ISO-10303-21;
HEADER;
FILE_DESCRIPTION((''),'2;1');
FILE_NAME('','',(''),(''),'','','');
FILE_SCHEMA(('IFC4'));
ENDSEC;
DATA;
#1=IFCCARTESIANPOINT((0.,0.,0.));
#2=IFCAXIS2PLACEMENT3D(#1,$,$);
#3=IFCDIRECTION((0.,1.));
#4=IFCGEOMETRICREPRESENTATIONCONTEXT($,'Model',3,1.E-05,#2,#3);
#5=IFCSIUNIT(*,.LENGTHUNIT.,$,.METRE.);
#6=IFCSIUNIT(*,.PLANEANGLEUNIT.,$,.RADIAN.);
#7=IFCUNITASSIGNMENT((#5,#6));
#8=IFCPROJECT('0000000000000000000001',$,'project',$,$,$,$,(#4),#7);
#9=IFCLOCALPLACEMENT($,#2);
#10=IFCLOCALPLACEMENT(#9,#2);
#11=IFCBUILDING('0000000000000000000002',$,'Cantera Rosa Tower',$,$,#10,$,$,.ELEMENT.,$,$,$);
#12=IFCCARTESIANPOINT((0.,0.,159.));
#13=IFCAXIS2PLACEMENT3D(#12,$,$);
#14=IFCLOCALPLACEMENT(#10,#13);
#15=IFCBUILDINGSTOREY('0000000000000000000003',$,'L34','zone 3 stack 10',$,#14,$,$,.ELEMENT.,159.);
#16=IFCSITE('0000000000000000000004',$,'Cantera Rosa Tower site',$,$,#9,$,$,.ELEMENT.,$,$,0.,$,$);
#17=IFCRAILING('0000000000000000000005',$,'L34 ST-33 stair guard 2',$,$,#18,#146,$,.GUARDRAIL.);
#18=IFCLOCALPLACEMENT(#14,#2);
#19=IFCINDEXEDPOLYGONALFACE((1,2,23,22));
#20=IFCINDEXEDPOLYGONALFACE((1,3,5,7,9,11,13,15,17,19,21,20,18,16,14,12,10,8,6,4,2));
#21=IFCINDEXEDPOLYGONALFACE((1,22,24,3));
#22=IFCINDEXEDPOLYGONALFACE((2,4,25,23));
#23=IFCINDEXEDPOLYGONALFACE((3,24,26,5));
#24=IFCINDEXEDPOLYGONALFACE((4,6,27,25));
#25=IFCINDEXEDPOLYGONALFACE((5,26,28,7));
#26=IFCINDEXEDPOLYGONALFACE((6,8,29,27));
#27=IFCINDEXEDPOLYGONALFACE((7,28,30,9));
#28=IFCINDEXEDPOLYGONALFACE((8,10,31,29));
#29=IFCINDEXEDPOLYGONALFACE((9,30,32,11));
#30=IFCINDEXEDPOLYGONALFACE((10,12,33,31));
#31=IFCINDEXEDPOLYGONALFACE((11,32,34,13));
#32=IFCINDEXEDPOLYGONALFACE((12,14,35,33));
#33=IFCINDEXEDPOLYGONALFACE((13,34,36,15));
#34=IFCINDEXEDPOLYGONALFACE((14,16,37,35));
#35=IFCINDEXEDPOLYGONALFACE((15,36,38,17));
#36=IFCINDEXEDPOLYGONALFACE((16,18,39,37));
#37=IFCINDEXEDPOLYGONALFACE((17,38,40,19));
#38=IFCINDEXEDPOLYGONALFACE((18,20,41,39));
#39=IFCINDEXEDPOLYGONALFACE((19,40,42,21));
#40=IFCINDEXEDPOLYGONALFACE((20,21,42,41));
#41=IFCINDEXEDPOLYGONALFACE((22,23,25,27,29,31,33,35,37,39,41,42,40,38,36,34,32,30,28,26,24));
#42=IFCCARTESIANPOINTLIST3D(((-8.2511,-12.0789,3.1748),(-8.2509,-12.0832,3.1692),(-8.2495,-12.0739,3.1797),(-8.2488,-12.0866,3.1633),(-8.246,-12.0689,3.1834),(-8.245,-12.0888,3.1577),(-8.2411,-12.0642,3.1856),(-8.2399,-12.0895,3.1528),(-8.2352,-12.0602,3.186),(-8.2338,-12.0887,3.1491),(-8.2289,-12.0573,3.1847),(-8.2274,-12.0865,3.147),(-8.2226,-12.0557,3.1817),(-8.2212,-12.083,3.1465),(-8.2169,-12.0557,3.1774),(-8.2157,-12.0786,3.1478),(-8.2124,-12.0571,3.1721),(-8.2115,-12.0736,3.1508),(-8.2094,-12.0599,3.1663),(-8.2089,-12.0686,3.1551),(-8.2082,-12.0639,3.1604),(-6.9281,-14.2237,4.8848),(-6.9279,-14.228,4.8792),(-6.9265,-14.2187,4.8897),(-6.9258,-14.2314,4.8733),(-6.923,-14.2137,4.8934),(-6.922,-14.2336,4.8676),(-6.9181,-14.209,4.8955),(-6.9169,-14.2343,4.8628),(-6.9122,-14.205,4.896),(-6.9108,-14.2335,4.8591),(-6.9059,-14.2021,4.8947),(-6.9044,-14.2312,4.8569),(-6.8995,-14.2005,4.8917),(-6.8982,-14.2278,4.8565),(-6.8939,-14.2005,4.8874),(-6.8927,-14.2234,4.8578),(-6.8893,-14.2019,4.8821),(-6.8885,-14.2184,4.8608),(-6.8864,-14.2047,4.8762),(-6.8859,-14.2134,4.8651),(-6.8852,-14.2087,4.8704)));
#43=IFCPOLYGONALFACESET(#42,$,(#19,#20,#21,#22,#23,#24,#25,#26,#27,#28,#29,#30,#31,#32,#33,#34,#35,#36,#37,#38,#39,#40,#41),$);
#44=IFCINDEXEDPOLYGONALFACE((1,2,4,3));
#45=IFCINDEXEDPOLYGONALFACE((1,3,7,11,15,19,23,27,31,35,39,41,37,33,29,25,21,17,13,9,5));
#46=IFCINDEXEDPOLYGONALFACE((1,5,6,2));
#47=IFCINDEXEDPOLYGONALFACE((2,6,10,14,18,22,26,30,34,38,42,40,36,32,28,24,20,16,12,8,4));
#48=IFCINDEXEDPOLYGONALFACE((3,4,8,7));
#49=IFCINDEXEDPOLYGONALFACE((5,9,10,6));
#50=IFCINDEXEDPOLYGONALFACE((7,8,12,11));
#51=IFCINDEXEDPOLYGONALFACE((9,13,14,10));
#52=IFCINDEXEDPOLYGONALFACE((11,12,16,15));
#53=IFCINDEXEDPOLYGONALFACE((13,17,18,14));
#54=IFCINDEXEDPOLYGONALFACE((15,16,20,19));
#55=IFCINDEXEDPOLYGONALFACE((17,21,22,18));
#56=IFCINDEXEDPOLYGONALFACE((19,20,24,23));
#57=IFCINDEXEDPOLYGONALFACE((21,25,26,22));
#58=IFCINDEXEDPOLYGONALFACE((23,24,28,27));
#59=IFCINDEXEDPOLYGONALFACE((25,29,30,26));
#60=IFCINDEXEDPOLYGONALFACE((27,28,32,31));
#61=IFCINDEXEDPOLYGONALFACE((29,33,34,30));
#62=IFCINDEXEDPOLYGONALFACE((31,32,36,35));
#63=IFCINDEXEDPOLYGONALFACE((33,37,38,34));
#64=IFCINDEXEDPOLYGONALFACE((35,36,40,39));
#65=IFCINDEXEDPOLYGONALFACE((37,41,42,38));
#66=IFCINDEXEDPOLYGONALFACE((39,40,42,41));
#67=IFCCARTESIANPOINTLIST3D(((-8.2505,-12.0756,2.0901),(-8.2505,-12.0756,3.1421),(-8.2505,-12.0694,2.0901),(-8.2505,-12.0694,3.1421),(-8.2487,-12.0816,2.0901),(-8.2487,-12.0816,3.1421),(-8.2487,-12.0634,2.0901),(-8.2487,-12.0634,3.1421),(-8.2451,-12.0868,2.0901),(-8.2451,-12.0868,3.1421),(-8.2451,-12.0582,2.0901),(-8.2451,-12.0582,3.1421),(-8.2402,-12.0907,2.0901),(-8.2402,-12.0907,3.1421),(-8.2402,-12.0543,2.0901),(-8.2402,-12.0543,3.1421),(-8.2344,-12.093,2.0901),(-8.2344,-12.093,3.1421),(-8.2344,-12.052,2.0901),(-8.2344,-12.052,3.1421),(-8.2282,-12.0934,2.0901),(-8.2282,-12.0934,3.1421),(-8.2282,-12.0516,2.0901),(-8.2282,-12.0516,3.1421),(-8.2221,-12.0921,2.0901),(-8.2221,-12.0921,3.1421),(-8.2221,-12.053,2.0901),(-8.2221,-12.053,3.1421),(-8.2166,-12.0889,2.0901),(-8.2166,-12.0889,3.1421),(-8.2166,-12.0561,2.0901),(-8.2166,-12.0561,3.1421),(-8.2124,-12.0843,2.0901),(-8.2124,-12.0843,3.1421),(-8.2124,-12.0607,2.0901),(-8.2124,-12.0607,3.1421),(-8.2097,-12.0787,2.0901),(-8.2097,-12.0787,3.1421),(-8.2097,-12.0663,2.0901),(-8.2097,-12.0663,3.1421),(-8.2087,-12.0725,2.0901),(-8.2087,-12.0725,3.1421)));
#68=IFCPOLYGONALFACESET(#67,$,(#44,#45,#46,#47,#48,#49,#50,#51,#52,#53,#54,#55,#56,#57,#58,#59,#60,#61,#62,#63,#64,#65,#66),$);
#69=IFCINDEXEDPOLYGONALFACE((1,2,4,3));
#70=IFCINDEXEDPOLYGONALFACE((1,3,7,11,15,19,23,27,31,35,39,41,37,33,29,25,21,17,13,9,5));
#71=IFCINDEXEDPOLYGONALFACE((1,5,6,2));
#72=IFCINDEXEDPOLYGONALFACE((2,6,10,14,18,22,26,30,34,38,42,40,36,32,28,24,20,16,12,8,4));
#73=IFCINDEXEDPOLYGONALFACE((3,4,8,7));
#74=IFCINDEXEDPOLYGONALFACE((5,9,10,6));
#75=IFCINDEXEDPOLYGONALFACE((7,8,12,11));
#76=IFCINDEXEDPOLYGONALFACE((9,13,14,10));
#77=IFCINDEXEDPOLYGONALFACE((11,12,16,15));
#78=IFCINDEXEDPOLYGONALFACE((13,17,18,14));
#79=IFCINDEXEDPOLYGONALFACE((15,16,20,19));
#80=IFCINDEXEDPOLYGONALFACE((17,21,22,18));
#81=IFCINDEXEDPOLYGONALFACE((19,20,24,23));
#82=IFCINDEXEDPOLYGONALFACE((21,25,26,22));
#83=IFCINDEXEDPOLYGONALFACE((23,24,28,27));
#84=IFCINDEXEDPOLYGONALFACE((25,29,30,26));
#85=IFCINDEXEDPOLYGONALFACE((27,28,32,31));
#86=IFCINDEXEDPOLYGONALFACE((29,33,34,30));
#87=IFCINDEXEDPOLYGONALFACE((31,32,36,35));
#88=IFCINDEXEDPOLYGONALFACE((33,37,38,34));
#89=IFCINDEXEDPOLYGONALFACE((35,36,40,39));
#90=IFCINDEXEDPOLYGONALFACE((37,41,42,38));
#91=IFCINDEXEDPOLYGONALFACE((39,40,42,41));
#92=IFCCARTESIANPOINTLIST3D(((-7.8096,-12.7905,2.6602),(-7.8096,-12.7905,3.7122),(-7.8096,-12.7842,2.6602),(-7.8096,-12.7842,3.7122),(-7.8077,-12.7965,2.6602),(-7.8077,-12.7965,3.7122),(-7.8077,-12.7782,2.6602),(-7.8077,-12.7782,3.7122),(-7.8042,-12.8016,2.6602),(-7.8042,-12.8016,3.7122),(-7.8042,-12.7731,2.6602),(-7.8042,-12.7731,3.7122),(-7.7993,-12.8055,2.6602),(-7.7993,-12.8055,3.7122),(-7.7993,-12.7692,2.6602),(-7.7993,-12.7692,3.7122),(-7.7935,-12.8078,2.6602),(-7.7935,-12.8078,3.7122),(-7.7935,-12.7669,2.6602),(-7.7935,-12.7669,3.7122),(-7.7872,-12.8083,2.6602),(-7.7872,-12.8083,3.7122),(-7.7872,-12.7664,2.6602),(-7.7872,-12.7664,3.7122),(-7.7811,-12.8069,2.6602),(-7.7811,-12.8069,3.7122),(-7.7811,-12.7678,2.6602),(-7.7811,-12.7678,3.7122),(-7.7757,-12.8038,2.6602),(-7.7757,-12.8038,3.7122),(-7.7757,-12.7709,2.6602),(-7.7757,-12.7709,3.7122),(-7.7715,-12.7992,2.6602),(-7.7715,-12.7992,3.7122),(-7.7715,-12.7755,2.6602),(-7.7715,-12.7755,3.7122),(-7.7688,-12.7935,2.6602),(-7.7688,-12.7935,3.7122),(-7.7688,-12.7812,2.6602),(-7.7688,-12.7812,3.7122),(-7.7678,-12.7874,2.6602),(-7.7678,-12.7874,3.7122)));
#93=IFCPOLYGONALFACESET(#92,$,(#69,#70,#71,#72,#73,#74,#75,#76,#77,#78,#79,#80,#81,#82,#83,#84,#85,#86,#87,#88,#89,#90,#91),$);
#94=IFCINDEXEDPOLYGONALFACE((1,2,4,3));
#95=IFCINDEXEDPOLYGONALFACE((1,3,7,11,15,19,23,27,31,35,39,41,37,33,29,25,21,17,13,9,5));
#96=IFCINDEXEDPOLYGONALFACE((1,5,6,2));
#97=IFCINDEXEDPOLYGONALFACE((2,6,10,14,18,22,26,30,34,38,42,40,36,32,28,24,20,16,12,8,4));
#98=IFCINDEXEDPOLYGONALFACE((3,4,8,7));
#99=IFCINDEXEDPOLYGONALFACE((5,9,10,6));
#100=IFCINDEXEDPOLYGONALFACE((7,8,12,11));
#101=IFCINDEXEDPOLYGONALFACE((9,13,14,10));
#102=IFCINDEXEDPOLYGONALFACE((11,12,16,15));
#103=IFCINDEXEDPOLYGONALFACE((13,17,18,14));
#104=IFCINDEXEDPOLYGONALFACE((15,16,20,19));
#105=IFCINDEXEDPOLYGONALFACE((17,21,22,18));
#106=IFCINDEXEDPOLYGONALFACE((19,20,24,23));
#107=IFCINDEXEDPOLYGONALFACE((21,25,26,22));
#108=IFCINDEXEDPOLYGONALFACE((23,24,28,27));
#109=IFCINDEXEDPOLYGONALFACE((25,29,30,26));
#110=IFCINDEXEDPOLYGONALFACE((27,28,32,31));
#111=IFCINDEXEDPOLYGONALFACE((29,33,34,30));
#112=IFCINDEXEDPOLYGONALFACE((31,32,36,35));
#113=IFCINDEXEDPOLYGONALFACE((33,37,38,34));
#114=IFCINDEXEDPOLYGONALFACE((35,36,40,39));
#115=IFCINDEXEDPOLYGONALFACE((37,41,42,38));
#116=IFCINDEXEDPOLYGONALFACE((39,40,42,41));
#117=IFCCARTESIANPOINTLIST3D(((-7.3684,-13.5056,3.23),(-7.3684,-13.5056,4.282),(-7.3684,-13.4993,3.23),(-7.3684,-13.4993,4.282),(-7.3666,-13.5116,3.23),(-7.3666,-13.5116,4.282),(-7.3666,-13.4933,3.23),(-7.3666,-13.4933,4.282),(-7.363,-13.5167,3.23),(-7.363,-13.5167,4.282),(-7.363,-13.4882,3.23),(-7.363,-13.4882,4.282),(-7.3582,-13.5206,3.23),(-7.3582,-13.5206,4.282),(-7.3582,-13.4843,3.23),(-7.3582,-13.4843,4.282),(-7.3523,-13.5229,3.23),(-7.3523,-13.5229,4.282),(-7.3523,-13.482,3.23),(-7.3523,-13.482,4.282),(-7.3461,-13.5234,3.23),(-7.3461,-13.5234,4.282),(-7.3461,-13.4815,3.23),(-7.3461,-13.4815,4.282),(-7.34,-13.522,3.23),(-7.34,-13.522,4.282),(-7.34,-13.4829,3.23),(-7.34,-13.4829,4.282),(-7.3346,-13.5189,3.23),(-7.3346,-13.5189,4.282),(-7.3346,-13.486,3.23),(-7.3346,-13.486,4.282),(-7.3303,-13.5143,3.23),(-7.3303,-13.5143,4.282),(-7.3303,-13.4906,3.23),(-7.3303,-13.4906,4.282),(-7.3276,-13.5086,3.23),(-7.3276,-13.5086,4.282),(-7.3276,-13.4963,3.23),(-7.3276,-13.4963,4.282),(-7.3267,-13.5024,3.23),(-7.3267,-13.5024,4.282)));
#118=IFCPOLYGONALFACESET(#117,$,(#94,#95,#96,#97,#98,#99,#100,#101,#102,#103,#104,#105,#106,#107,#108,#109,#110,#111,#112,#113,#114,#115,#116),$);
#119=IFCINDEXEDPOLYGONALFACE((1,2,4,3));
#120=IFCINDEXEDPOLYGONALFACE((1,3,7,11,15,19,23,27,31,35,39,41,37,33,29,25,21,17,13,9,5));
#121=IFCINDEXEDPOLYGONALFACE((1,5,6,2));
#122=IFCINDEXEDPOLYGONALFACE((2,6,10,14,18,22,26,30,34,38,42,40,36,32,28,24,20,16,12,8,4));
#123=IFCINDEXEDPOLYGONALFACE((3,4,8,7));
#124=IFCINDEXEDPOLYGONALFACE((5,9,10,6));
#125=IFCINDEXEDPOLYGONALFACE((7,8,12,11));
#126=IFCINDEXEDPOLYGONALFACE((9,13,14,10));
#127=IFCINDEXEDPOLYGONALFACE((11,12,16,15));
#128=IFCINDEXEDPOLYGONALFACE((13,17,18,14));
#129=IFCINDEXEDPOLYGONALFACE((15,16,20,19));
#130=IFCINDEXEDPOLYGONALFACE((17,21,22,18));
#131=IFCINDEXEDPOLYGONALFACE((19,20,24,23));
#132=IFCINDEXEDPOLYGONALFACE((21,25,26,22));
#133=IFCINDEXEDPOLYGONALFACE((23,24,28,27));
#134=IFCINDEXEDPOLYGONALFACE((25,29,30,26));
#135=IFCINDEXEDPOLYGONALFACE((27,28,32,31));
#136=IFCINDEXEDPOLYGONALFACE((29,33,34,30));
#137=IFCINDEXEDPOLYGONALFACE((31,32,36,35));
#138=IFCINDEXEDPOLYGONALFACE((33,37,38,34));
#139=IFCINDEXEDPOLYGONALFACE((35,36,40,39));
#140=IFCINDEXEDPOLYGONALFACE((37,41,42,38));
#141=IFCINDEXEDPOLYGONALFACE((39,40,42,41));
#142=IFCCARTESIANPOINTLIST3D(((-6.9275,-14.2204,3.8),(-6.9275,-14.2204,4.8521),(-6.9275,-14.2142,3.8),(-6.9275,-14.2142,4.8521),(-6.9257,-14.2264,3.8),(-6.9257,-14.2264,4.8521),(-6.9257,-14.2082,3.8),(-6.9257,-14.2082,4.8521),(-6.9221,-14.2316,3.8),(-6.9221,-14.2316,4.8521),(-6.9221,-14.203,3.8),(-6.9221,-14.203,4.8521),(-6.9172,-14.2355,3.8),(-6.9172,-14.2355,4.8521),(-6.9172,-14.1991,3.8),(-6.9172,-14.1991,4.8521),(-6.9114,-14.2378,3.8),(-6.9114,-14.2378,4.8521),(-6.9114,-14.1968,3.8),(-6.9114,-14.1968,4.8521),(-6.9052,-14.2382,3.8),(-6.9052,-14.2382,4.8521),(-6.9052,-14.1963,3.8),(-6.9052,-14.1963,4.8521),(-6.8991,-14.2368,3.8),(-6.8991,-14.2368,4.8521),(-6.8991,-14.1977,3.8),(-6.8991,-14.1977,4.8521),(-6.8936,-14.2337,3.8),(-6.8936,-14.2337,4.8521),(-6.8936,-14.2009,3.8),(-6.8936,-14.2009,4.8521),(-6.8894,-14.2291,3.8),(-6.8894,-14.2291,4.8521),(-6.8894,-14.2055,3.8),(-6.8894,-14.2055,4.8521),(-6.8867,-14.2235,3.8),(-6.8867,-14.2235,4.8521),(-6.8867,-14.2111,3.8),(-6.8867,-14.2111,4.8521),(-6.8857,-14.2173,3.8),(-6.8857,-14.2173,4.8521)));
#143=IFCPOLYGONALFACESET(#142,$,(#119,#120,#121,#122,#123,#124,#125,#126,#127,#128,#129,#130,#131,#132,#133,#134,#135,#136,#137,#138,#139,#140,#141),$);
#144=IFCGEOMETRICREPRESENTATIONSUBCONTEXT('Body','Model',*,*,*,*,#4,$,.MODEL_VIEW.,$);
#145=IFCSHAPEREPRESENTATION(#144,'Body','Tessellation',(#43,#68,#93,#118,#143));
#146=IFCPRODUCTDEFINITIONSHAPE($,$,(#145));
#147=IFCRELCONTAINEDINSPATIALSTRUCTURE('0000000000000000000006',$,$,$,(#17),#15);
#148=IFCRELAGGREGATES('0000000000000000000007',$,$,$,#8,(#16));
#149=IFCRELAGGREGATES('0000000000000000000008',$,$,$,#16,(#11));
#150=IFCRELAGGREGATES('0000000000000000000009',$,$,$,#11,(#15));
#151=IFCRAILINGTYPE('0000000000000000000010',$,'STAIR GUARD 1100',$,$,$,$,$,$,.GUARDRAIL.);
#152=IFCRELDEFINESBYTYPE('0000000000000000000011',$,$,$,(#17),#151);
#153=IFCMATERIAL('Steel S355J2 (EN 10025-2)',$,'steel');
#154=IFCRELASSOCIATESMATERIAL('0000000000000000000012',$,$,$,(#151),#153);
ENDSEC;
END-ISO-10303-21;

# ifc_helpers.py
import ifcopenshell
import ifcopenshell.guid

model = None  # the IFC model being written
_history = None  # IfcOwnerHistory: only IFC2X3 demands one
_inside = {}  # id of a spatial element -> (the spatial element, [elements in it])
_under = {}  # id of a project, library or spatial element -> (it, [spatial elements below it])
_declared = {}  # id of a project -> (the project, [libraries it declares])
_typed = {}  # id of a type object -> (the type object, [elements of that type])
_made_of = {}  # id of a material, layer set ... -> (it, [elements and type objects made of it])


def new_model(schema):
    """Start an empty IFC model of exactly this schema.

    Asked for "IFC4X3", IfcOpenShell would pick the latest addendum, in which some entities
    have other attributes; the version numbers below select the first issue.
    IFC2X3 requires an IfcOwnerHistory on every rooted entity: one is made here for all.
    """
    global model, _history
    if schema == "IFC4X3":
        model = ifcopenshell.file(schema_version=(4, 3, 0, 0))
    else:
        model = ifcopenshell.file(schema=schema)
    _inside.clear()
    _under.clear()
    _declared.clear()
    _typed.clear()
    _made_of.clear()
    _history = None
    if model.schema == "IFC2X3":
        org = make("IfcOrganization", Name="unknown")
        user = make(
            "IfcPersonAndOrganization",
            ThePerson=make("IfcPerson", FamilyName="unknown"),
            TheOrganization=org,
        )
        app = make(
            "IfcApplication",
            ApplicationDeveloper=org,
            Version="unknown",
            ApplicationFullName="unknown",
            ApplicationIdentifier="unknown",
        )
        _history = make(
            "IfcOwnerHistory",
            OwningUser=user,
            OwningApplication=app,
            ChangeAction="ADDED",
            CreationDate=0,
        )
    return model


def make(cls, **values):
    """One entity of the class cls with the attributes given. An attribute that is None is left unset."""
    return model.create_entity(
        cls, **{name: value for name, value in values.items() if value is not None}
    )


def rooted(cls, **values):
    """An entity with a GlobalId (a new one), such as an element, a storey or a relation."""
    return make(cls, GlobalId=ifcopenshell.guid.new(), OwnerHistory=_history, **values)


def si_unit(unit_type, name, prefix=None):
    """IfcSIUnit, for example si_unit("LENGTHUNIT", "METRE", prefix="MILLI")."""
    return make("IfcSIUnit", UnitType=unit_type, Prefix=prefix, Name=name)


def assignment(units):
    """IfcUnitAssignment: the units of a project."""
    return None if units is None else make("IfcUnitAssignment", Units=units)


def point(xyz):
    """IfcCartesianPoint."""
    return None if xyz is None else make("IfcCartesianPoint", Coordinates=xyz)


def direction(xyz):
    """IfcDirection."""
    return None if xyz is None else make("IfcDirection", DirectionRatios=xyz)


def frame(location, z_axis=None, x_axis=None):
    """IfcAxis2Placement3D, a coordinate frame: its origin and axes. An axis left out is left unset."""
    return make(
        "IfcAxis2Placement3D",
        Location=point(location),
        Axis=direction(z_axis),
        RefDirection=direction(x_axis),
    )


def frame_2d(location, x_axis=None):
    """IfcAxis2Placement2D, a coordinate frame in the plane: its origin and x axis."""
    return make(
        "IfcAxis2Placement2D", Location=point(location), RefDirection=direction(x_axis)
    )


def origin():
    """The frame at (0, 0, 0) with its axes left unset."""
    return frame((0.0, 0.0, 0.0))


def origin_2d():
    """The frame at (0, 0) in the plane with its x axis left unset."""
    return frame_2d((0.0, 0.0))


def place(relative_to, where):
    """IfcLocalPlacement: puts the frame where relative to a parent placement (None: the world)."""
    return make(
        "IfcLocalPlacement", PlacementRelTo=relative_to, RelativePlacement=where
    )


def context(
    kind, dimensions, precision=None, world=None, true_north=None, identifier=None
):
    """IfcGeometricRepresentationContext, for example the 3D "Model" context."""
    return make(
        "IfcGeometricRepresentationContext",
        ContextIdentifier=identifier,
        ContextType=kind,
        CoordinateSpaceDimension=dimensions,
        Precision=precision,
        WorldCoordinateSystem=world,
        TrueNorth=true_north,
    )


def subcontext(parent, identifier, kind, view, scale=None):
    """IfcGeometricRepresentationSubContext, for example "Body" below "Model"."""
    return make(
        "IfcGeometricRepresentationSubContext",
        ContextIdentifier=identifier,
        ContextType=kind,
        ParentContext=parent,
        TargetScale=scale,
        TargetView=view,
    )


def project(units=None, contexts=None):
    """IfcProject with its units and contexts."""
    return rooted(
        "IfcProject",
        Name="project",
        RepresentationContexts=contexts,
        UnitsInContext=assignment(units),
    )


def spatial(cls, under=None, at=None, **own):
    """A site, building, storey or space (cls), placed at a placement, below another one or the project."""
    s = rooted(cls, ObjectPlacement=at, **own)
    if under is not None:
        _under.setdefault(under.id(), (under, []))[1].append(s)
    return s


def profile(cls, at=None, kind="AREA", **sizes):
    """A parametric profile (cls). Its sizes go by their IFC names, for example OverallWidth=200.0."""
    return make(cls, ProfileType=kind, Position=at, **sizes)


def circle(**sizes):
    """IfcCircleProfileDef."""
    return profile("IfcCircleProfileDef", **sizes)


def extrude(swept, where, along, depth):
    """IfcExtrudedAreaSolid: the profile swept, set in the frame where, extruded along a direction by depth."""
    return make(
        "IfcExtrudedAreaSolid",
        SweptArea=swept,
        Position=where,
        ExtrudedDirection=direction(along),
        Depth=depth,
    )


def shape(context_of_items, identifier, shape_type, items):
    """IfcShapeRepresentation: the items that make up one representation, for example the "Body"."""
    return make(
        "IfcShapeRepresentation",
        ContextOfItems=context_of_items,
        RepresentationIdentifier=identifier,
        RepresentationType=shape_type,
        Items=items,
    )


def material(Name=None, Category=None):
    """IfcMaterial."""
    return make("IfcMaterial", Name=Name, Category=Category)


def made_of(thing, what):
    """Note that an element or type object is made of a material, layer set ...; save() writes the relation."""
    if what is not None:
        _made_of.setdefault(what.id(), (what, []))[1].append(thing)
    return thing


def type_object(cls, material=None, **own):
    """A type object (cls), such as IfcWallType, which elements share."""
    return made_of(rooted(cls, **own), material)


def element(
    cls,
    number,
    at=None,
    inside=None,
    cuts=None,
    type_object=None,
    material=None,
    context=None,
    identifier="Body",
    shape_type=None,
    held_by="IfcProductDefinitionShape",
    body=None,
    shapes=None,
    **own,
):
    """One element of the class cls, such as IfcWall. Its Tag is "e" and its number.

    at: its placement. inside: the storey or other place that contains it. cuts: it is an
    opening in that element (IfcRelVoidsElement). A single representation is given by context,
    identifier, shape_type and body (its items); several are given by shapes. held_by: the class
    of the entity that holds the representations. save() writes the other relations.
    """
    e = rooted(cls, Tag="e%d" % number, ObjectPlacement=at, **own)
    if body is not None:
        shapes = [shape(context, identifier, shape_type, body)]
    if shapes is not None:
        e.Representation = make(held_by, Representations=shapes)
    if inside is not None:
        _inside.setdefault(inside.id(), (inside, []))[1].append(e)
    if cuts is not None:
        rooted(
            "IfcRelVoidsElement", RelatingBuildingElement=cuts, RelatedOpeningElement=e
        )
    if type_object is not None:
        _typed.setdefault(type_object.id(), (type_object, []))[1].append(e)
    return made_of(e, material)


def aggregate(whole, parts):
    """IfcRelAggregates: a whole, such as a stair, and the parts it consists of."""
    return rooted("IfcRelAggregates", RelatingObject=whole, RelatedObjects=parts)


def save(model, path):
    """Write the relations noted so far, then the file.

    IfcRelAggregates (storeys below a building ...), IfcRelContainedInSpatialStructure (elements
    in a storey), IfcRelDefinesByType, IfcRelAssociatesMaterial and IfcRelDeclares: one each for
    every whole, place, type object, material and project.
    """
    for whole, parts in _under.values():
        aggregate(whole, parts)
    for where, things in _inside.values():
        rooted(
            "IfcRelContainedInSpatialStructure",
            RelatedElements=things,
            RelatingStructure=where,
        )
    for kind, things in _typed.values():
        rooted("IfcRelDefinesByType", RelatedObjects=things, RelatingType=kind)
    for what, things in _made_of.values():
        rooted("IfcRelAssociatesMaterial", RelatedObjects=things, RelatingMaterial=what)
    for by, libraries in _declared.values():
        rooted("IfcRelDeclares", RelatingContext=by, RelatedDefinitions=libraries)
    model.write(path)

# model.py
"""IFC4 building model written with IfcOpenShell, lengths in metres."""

from ifc_helpers import new_model, si_unit, direction, frame, origin, origin_2d, place, context, subcontext, project, spatial, circle, extrude, material, type_object, element, save


model = new_model("IFC4")

# Units and contexts
model_context = context("Model", 3, precision=1e-05, world=origin(), true_north=direction((0.0, 1.0)))
body_context = subcontext(model_context, "Body", "Model", "MODEL_VIEW")
ifc_project = project(units=[si_unit("LENGTHUNIT", "METRE"), si_unit("PLANEANGLEUNIT", "RADIAN")], contexts=[model_context])

# Site, building, storey
site_placement = place(None, origin())
site = spatial("IfcSite", under=ifc_project, at=site_placement, Name="Cantera Rosa Tower site", CompositionType="ELEMENT", RefElevation=0.0)
building_placement = place(site_placement, origin())
building = spatial("IfcBuilding", under=site, at=building_placement, Name="Cantera Rosa Tower", CompositionType="ELEMENT")
storey_placement = place(building_placement, frame((0.0, 0.0, 159.0)))
storey = spatial("IfcBuildingStorey", under=building, at=storey_placement, Name="L34", Description="zone 3 stack 10", CompositionType="ELEMENT", Elevation=159.0)

# Railing
ifc_material_1 = material(Name="Steel S355J2 (EN 10025-2)", Category="steel")
railing_type_1 = type_object("IfcRailingType", Name="STAIR GUARD 1100", PredefinedType="GUARDRAIL", material=ifc_material_1)
railing_1_placement = place(storey_placement, frame((-8.2297, -12.0725, 2.0901)))
element("IfcRailing", 1, at=railing_1_placement, inside=storey, type_object=railing_type_1, Name="L34 ST-33 stair guard 2", PredefinedType="GUARDRAIL", context=body_context, shape_type="SweptSolid", body=[
    extrude(circle(Radius=0.0239, at=origin_2d()), frame((0.0, 0.0, 1.0762), z_axis=(0.434428, -0.704271, 0.561493), x_axis=(0.851102, 0.525, 0.0)), (0.0, 0.0, 1.0), 3.0454),
    extrude(circle(Radius=0.021, at=origin_2d()), origin(), (0.0, 0.0, 1.0), 1.052),
    extrude(circle(Radius=0.021, at=origin_2d()), frame((0.4409, -0.7148, 0.5701)), (0.0, 0.0, 1.0), 1.052),
    extrude(circle(Radius=0.021, at=origin_2d()), frame((0.8821, -1.4299, 1.1399)), (0.0, 0.0, 1.0), 1.052),
    extrude(circle(Radius=0.021, at=origin_2d()), frame((1.323, -2.1448, 1.71)), (0.0, 0.0, 1.0), 1.052),
])

save(model, "model.ifc")
